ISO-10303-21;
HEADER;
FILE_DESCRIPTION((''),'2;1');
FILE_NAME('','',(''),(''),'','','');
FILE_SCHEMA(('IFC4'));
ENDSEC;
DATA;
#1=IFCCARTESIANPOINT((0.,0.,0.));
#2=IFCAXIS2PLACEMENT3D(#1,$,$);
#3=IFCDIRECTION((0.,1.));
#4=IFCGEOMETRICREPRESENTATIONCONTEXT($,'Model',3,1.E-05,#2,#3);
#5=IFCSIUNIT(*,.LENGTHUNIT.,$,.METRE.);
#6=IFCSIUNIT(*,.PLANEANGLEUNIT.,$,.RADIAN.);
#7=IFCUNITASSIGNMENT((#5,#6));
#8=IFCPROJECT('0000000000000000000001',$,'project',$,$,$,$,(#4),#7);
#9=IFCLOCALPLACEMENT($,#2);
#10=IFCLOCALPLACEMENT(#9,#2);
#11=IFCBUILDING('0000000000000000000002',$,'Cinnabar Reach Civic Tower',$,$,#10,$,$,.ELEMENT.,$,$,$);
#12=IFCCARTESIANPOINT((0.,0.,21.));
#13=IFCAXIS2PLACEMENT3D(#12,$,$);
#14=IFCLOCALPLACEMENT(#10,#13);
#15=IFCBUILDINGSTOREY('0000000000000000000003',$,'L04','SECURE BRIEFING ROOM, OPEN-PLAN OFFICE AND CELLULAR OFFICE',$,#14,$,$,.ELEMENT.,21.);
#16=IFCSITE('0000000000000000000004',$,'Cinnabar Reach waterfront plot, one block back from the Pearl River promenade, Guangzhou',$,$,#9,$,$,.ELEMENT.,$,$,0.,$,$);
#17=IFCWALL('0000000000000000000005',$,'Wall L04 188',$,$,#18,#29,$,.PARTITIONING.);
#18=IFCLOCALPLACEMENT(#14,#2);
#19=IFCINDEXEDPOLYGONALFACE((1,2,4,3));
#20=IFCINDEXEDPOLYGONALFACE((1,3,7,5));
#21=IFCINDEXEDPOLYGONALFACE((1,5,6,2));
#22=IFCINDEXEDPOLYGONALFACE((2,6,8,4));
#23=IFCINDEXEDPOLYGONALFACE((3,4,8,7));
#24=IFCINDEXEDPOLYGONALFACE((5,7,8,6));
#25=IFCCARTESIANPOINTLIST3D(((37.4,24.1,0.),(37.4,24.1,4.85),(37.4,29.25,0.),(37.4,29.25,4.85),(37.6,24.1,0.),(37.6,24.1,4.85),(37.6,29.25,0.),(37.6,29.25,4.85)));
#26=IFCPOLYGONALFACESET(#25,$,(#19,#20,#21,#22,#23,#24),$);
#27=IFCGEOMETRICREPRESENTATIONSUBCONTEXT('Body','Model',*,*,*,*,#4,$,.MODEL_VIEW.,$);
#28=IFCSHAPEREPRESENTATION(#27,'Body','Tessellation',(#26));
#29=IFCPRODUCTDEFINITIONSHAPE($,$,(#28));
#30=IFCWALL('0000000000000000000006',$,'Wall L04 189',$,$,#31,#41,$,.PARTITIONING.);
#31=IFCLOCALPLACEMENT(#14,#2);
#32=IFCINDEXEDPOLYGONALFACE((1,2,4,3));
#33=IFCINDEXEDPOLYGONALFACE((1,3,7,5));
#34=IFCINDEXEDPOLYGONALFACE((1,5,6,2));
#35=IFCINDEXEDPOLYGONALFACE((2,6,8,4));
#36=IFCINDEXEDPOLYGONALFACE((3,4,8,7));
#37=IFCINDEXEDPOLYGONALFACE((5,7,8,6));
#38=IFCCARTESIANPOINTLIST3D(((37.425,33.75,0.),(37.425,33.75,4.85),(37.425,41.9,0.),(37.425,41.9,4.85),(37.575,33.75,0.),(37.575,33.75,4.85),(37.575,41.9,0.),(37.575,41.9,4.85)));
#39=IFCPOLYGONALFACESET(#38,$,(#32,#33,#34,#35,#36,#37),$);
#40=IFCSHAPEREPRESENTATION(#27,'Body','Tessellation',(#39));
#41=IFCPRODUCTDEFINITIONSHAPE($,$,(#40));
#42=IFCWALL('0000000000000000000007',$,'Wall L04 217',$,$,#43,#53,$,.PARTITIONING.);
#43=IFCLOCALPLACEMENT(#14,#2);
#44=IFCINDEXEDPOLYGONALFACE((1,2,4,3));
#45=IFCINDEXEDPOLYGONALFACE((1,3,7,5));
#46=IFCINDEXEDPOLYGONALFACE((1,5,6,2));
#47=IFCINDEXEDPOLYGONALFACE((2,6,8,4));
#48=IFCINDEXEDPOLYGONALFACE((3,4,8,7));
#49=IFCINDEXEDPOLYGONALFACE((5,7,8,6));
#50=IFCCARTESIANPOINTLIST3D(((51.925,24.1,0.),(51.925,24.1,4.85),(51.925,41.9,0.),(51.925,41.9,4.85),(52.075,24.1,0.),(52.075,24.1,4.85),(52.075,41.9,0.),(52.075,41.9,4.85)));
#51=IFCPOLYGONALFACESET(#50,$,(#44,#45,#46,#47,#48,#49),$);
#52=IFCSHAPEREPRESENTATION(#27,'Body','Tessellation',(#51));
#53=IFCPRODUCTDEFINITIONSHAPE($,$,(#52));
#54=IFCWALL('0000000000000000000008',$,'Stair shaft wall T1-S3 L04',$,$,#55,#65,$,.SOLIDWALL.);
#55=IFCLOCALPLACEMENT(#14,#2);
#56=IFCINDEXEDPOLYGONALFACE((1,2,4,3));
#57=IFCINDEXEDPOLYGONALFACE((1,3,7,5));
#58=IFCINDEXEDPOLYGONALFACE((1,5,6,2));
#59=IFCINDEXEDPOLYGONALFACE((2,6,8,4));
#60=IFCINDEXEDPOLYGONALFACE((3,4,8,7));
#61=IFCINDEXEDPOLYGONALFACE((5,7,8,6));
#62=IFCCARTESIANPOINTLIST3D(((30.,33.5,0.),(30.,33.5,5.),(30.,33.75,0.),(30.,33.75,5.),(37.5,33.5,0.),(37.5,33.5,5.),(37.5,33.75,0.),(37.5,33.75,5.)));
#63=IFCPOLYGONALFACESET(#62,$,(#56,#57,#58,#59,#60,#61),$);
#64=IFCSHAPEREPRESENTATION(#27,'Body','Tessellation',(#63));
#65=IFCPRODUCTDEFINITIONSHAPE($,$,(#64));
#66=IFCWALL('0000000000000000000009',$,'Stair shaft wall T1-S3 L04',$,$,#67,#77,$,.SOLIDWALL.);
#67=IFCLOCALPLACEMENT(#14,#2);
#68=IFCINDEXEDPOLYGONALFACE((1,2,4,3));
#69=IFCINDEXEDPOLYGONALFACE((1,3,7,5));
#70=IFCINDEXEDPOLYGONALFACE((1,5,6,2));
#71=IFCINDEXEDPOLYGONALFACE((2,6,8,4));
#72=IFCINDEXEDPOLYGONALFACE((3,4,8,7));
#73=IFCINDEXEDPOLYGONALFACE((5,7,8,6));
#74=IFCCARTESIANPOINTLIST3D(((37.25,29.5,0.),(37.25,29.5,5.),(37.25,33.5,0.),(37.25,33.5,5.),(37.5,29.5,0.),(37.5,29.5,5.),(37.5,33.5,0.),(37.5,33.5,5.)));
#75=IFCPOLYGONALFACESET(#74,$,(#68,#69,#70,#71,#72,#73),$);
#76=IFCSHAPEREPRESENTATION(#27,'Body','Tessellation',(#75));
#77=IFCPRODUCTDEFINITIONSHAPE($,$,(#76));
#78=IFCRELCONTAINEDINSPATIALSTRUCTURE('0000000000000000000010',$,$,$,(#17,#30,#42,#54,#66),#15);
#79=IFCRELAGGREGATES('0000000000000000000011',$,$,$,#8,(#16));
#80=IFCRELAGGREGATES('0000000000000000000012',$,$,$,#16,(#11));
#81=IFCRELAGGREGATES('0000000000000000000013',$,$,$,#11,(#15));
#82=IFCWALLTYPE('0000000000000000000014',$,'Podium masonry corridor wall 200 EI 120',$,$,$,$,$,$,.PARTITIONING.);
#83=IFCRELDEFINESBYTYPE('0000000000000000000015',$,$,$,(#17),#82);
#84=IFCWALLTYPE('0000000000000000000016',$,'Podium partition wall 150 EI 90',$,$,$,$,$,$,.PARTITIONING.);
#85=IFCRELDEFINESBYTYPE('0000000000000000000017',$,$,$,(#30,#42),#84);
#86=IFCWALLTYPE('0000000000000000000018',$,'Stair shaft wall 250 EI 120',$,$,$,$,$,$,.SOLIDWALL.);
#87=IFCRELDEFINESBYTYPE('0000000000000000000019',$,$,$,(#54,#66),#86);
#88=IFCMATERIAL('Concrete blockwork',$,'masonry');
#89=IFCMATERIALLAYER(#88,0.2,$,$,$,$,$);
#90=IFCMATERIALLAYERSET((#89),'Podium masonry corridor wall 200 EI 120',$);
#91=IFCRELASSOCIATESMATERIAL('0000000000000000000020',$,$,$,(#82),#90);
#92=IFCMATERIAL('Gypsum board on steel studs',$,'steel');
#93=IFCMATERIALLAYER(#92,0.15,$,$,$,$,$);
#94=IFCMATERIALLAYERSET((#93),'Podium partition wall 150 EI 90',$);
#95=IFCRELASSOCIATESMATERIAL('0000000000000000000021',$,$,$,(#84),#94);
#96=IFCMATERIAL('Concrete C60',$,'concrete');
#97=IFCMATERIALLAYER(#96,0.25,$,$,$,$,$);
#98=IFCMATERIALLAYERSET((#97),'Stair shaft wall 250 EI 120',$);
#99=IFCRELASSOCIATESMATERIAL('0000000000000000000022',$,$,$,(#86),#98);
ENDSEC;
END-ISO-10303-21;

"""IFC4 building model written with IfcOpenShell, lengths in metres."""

from ifc_helpers import new_model, si_unit, direction, frame, frame_2d, origin, place, context, subcontext, project, spatial, rectangle, extrude, material, layer, layer_set, type_object, element, save


model = new_model("IFC4")

# Units and contexts
model_context = context("Model", 3, precision=1e-05, world=origin(), true_north=direction((0.0, 1.0)))
body_context = subcontext(model_context, "Body", "Model", "MODEL_VIEW")
ifc_project = project(units=[si_unit("LENGTHUNIT", "METRE"), si_unit("PLANEANGLEUNIT", "RADIAN")], contexts=[model_context])

# Site, building, storey
site_placement = place(None, origin())
site = spatial("IfcSite", under=ifc_project, at=site_placement, Name="Cinnabar Reach waterfront plot, one block back from the Pearl River promenade, Guangzhou", CompositionType="ELEMENT", RefElevation=0.0)
building_placement = place(site_placement, origin())
building = spatial("IfcBuilding", under=site, at=building_placement, Name="Cinnabar Reach Civic Tower", CompositionType="ELEMENT")
storey_placement = place(building_placement, frame((0.0, 0.0, 21.0)))
storey = spatial("IfcBuildingStorey", under=building, at=storey_placement, Name="L04", Description="SECURE BRIEFING ROOM, OPEN-PLAN OFFICE AND CELLULAR OFFICE", CompositionType="ELEMENT", Elevation=21.0)

# Shared definitions
ifc_material_1 = material(Name="Concrete blockwork", Category="masonry")
ifc_layer_1 = layer(ifc_material_1, 0.2)
ifc_layer_set_1 = layer_set([ifc_layer_1], Name="Podium masonry corridor wall 200 EI 120")
wall_type_1 = type_object("IfcWallType", Name="Podium masonry corridor wall 200 EI 120", PredefinedType="PARTITIONING", material=ifc_layer_set_1)

# Walls
wall_1_placement = place(storey_placement, frame((37.5, 24.1, 0.0), z_axis=(0.0, 0.0, 1.0), x_axis=(0.0, 1.0, 0.0)))
element("IfcWall", 1, at=wall_1_placement, inside=storey, type_object=wall_type_1, Name="Wall L04 188", PredefinedType="PARTITIONING", context=body_context, shape_type="SweptSolid", body=[
    extrude(rectangle(XDim=5.15, YDim=0.2, at=frame_2d((2.575, 0.0))), origin(), (0.0, 0.0, 1.0), 4.85),
])
ifc_material_2 = material(Name="Gypsum board on steel studs", Category="steel")
ifc_layer_2 = layer(ifc_material_2, 0.15)
ifc_layer_set_2 = layer_set([ifc_layer_2], Name="Podium partition wall 150 EI 90")
wall_type_2 = type_object("IfcWallType", Name="Podium partition wall 150 EI 90", PredefinedType="PARTITIONING", material=ifc_layer_set_2)
wall_2_placement = place(storey_placement, frame((37.5, 33.75, 0.0), z_axis=(0.0, 0.0, 1.0), x_axis=(0.0, 1.0, 0.0)))
element("IfcWall", 2, at=wall_2_placement, inside=storey, type_object=wall_type_2, Name="Wall L04 189", PredefinedType="PARTITIONING", context=body_context, shape_type="SweptSolid", body=[
    extrude(rectangle(XDim=8.15, YDim=0.15, at=frame_2d((4.075, 0.0))), origin(), (0.0, 0.0, 1.0), 4.85),
])
wall_3_placement = place(storey_placement, frame((52.0, 24.1, 0.0), z_axis=(0.0, 0.0, 1.0), x_axis=(0.0, 1.0, 0.0)))
element("IfcWall", 3, at=wall_3_placement, inside=storey, type_object=wall_type_2, Name="Wall L04 217", PredefinedType="PARTITIONING", context=body_context, shape_type="SweptSolid", body=[
    extrude(rectangle(XDim=17.8, YDim=0.15, at=frame_2d((8.9, 0.0))), origin(), (0.0, 0.0, 1.0), 4.85),
])
ifc_material_3 = material(Name="Concrete C60", Category="concrete")
ifc_layer_3 = layer(ifc_material_3, 0.25)
ifc_layer_set_3 = layer_set([ifc_layer_3], Name="Stair shaft wall 250 EI 120")
wall_type_3 = type_object("IfcWallType", Name="Stair shaft wall 250 EI 120", PredefinedType="SOLIDWALL", material=ifc_layer_set_3)
wall_4_placement = place(storey_placement, frame((37.5, 33.625, 0.0), z_axis=(0.0, 0.0, 1.0), x_axis=(-1.0, 0.0, 0.0)))
element("IfcWall", 4, at=wall_4_placement, inside=storey, type_object=wall_type_3, Name="Stair shaft wall T1-S3 L04", PredefinedType="SOLIDWALL", context=body_context, shape_type="SweptSolid", body=[
    extrude(rectangle(XDim=7.5, YDim=0.25, at=frame_2d((3.75, 0.0))), origin(), (0.0, 0.0, 1.0), 5.0),
])
wall_5_placement = place(storey_placement, frame((37.375, 29.5, 0.0), z_axis=(0.0, 0.0, 1.0), x_axis=(0.0, 1.0, 0.0)))
element("IfcWall", 5, at=wall_5_placement, inside=storey, type_object=wall_type_3, Name="Stair shaft wall T1-S3 L04", PredefinedType="SOLIDWALL", context=body_context, shape_type="SweptSolid", body=[
    extrude(rectangle(XDim=4.0, YDim=0.25, at=frame_2d((2.0, 0.0))), origin(), (0.0, 0.0, 1.0), 5.0),
])

save(model, "model.ifc")
